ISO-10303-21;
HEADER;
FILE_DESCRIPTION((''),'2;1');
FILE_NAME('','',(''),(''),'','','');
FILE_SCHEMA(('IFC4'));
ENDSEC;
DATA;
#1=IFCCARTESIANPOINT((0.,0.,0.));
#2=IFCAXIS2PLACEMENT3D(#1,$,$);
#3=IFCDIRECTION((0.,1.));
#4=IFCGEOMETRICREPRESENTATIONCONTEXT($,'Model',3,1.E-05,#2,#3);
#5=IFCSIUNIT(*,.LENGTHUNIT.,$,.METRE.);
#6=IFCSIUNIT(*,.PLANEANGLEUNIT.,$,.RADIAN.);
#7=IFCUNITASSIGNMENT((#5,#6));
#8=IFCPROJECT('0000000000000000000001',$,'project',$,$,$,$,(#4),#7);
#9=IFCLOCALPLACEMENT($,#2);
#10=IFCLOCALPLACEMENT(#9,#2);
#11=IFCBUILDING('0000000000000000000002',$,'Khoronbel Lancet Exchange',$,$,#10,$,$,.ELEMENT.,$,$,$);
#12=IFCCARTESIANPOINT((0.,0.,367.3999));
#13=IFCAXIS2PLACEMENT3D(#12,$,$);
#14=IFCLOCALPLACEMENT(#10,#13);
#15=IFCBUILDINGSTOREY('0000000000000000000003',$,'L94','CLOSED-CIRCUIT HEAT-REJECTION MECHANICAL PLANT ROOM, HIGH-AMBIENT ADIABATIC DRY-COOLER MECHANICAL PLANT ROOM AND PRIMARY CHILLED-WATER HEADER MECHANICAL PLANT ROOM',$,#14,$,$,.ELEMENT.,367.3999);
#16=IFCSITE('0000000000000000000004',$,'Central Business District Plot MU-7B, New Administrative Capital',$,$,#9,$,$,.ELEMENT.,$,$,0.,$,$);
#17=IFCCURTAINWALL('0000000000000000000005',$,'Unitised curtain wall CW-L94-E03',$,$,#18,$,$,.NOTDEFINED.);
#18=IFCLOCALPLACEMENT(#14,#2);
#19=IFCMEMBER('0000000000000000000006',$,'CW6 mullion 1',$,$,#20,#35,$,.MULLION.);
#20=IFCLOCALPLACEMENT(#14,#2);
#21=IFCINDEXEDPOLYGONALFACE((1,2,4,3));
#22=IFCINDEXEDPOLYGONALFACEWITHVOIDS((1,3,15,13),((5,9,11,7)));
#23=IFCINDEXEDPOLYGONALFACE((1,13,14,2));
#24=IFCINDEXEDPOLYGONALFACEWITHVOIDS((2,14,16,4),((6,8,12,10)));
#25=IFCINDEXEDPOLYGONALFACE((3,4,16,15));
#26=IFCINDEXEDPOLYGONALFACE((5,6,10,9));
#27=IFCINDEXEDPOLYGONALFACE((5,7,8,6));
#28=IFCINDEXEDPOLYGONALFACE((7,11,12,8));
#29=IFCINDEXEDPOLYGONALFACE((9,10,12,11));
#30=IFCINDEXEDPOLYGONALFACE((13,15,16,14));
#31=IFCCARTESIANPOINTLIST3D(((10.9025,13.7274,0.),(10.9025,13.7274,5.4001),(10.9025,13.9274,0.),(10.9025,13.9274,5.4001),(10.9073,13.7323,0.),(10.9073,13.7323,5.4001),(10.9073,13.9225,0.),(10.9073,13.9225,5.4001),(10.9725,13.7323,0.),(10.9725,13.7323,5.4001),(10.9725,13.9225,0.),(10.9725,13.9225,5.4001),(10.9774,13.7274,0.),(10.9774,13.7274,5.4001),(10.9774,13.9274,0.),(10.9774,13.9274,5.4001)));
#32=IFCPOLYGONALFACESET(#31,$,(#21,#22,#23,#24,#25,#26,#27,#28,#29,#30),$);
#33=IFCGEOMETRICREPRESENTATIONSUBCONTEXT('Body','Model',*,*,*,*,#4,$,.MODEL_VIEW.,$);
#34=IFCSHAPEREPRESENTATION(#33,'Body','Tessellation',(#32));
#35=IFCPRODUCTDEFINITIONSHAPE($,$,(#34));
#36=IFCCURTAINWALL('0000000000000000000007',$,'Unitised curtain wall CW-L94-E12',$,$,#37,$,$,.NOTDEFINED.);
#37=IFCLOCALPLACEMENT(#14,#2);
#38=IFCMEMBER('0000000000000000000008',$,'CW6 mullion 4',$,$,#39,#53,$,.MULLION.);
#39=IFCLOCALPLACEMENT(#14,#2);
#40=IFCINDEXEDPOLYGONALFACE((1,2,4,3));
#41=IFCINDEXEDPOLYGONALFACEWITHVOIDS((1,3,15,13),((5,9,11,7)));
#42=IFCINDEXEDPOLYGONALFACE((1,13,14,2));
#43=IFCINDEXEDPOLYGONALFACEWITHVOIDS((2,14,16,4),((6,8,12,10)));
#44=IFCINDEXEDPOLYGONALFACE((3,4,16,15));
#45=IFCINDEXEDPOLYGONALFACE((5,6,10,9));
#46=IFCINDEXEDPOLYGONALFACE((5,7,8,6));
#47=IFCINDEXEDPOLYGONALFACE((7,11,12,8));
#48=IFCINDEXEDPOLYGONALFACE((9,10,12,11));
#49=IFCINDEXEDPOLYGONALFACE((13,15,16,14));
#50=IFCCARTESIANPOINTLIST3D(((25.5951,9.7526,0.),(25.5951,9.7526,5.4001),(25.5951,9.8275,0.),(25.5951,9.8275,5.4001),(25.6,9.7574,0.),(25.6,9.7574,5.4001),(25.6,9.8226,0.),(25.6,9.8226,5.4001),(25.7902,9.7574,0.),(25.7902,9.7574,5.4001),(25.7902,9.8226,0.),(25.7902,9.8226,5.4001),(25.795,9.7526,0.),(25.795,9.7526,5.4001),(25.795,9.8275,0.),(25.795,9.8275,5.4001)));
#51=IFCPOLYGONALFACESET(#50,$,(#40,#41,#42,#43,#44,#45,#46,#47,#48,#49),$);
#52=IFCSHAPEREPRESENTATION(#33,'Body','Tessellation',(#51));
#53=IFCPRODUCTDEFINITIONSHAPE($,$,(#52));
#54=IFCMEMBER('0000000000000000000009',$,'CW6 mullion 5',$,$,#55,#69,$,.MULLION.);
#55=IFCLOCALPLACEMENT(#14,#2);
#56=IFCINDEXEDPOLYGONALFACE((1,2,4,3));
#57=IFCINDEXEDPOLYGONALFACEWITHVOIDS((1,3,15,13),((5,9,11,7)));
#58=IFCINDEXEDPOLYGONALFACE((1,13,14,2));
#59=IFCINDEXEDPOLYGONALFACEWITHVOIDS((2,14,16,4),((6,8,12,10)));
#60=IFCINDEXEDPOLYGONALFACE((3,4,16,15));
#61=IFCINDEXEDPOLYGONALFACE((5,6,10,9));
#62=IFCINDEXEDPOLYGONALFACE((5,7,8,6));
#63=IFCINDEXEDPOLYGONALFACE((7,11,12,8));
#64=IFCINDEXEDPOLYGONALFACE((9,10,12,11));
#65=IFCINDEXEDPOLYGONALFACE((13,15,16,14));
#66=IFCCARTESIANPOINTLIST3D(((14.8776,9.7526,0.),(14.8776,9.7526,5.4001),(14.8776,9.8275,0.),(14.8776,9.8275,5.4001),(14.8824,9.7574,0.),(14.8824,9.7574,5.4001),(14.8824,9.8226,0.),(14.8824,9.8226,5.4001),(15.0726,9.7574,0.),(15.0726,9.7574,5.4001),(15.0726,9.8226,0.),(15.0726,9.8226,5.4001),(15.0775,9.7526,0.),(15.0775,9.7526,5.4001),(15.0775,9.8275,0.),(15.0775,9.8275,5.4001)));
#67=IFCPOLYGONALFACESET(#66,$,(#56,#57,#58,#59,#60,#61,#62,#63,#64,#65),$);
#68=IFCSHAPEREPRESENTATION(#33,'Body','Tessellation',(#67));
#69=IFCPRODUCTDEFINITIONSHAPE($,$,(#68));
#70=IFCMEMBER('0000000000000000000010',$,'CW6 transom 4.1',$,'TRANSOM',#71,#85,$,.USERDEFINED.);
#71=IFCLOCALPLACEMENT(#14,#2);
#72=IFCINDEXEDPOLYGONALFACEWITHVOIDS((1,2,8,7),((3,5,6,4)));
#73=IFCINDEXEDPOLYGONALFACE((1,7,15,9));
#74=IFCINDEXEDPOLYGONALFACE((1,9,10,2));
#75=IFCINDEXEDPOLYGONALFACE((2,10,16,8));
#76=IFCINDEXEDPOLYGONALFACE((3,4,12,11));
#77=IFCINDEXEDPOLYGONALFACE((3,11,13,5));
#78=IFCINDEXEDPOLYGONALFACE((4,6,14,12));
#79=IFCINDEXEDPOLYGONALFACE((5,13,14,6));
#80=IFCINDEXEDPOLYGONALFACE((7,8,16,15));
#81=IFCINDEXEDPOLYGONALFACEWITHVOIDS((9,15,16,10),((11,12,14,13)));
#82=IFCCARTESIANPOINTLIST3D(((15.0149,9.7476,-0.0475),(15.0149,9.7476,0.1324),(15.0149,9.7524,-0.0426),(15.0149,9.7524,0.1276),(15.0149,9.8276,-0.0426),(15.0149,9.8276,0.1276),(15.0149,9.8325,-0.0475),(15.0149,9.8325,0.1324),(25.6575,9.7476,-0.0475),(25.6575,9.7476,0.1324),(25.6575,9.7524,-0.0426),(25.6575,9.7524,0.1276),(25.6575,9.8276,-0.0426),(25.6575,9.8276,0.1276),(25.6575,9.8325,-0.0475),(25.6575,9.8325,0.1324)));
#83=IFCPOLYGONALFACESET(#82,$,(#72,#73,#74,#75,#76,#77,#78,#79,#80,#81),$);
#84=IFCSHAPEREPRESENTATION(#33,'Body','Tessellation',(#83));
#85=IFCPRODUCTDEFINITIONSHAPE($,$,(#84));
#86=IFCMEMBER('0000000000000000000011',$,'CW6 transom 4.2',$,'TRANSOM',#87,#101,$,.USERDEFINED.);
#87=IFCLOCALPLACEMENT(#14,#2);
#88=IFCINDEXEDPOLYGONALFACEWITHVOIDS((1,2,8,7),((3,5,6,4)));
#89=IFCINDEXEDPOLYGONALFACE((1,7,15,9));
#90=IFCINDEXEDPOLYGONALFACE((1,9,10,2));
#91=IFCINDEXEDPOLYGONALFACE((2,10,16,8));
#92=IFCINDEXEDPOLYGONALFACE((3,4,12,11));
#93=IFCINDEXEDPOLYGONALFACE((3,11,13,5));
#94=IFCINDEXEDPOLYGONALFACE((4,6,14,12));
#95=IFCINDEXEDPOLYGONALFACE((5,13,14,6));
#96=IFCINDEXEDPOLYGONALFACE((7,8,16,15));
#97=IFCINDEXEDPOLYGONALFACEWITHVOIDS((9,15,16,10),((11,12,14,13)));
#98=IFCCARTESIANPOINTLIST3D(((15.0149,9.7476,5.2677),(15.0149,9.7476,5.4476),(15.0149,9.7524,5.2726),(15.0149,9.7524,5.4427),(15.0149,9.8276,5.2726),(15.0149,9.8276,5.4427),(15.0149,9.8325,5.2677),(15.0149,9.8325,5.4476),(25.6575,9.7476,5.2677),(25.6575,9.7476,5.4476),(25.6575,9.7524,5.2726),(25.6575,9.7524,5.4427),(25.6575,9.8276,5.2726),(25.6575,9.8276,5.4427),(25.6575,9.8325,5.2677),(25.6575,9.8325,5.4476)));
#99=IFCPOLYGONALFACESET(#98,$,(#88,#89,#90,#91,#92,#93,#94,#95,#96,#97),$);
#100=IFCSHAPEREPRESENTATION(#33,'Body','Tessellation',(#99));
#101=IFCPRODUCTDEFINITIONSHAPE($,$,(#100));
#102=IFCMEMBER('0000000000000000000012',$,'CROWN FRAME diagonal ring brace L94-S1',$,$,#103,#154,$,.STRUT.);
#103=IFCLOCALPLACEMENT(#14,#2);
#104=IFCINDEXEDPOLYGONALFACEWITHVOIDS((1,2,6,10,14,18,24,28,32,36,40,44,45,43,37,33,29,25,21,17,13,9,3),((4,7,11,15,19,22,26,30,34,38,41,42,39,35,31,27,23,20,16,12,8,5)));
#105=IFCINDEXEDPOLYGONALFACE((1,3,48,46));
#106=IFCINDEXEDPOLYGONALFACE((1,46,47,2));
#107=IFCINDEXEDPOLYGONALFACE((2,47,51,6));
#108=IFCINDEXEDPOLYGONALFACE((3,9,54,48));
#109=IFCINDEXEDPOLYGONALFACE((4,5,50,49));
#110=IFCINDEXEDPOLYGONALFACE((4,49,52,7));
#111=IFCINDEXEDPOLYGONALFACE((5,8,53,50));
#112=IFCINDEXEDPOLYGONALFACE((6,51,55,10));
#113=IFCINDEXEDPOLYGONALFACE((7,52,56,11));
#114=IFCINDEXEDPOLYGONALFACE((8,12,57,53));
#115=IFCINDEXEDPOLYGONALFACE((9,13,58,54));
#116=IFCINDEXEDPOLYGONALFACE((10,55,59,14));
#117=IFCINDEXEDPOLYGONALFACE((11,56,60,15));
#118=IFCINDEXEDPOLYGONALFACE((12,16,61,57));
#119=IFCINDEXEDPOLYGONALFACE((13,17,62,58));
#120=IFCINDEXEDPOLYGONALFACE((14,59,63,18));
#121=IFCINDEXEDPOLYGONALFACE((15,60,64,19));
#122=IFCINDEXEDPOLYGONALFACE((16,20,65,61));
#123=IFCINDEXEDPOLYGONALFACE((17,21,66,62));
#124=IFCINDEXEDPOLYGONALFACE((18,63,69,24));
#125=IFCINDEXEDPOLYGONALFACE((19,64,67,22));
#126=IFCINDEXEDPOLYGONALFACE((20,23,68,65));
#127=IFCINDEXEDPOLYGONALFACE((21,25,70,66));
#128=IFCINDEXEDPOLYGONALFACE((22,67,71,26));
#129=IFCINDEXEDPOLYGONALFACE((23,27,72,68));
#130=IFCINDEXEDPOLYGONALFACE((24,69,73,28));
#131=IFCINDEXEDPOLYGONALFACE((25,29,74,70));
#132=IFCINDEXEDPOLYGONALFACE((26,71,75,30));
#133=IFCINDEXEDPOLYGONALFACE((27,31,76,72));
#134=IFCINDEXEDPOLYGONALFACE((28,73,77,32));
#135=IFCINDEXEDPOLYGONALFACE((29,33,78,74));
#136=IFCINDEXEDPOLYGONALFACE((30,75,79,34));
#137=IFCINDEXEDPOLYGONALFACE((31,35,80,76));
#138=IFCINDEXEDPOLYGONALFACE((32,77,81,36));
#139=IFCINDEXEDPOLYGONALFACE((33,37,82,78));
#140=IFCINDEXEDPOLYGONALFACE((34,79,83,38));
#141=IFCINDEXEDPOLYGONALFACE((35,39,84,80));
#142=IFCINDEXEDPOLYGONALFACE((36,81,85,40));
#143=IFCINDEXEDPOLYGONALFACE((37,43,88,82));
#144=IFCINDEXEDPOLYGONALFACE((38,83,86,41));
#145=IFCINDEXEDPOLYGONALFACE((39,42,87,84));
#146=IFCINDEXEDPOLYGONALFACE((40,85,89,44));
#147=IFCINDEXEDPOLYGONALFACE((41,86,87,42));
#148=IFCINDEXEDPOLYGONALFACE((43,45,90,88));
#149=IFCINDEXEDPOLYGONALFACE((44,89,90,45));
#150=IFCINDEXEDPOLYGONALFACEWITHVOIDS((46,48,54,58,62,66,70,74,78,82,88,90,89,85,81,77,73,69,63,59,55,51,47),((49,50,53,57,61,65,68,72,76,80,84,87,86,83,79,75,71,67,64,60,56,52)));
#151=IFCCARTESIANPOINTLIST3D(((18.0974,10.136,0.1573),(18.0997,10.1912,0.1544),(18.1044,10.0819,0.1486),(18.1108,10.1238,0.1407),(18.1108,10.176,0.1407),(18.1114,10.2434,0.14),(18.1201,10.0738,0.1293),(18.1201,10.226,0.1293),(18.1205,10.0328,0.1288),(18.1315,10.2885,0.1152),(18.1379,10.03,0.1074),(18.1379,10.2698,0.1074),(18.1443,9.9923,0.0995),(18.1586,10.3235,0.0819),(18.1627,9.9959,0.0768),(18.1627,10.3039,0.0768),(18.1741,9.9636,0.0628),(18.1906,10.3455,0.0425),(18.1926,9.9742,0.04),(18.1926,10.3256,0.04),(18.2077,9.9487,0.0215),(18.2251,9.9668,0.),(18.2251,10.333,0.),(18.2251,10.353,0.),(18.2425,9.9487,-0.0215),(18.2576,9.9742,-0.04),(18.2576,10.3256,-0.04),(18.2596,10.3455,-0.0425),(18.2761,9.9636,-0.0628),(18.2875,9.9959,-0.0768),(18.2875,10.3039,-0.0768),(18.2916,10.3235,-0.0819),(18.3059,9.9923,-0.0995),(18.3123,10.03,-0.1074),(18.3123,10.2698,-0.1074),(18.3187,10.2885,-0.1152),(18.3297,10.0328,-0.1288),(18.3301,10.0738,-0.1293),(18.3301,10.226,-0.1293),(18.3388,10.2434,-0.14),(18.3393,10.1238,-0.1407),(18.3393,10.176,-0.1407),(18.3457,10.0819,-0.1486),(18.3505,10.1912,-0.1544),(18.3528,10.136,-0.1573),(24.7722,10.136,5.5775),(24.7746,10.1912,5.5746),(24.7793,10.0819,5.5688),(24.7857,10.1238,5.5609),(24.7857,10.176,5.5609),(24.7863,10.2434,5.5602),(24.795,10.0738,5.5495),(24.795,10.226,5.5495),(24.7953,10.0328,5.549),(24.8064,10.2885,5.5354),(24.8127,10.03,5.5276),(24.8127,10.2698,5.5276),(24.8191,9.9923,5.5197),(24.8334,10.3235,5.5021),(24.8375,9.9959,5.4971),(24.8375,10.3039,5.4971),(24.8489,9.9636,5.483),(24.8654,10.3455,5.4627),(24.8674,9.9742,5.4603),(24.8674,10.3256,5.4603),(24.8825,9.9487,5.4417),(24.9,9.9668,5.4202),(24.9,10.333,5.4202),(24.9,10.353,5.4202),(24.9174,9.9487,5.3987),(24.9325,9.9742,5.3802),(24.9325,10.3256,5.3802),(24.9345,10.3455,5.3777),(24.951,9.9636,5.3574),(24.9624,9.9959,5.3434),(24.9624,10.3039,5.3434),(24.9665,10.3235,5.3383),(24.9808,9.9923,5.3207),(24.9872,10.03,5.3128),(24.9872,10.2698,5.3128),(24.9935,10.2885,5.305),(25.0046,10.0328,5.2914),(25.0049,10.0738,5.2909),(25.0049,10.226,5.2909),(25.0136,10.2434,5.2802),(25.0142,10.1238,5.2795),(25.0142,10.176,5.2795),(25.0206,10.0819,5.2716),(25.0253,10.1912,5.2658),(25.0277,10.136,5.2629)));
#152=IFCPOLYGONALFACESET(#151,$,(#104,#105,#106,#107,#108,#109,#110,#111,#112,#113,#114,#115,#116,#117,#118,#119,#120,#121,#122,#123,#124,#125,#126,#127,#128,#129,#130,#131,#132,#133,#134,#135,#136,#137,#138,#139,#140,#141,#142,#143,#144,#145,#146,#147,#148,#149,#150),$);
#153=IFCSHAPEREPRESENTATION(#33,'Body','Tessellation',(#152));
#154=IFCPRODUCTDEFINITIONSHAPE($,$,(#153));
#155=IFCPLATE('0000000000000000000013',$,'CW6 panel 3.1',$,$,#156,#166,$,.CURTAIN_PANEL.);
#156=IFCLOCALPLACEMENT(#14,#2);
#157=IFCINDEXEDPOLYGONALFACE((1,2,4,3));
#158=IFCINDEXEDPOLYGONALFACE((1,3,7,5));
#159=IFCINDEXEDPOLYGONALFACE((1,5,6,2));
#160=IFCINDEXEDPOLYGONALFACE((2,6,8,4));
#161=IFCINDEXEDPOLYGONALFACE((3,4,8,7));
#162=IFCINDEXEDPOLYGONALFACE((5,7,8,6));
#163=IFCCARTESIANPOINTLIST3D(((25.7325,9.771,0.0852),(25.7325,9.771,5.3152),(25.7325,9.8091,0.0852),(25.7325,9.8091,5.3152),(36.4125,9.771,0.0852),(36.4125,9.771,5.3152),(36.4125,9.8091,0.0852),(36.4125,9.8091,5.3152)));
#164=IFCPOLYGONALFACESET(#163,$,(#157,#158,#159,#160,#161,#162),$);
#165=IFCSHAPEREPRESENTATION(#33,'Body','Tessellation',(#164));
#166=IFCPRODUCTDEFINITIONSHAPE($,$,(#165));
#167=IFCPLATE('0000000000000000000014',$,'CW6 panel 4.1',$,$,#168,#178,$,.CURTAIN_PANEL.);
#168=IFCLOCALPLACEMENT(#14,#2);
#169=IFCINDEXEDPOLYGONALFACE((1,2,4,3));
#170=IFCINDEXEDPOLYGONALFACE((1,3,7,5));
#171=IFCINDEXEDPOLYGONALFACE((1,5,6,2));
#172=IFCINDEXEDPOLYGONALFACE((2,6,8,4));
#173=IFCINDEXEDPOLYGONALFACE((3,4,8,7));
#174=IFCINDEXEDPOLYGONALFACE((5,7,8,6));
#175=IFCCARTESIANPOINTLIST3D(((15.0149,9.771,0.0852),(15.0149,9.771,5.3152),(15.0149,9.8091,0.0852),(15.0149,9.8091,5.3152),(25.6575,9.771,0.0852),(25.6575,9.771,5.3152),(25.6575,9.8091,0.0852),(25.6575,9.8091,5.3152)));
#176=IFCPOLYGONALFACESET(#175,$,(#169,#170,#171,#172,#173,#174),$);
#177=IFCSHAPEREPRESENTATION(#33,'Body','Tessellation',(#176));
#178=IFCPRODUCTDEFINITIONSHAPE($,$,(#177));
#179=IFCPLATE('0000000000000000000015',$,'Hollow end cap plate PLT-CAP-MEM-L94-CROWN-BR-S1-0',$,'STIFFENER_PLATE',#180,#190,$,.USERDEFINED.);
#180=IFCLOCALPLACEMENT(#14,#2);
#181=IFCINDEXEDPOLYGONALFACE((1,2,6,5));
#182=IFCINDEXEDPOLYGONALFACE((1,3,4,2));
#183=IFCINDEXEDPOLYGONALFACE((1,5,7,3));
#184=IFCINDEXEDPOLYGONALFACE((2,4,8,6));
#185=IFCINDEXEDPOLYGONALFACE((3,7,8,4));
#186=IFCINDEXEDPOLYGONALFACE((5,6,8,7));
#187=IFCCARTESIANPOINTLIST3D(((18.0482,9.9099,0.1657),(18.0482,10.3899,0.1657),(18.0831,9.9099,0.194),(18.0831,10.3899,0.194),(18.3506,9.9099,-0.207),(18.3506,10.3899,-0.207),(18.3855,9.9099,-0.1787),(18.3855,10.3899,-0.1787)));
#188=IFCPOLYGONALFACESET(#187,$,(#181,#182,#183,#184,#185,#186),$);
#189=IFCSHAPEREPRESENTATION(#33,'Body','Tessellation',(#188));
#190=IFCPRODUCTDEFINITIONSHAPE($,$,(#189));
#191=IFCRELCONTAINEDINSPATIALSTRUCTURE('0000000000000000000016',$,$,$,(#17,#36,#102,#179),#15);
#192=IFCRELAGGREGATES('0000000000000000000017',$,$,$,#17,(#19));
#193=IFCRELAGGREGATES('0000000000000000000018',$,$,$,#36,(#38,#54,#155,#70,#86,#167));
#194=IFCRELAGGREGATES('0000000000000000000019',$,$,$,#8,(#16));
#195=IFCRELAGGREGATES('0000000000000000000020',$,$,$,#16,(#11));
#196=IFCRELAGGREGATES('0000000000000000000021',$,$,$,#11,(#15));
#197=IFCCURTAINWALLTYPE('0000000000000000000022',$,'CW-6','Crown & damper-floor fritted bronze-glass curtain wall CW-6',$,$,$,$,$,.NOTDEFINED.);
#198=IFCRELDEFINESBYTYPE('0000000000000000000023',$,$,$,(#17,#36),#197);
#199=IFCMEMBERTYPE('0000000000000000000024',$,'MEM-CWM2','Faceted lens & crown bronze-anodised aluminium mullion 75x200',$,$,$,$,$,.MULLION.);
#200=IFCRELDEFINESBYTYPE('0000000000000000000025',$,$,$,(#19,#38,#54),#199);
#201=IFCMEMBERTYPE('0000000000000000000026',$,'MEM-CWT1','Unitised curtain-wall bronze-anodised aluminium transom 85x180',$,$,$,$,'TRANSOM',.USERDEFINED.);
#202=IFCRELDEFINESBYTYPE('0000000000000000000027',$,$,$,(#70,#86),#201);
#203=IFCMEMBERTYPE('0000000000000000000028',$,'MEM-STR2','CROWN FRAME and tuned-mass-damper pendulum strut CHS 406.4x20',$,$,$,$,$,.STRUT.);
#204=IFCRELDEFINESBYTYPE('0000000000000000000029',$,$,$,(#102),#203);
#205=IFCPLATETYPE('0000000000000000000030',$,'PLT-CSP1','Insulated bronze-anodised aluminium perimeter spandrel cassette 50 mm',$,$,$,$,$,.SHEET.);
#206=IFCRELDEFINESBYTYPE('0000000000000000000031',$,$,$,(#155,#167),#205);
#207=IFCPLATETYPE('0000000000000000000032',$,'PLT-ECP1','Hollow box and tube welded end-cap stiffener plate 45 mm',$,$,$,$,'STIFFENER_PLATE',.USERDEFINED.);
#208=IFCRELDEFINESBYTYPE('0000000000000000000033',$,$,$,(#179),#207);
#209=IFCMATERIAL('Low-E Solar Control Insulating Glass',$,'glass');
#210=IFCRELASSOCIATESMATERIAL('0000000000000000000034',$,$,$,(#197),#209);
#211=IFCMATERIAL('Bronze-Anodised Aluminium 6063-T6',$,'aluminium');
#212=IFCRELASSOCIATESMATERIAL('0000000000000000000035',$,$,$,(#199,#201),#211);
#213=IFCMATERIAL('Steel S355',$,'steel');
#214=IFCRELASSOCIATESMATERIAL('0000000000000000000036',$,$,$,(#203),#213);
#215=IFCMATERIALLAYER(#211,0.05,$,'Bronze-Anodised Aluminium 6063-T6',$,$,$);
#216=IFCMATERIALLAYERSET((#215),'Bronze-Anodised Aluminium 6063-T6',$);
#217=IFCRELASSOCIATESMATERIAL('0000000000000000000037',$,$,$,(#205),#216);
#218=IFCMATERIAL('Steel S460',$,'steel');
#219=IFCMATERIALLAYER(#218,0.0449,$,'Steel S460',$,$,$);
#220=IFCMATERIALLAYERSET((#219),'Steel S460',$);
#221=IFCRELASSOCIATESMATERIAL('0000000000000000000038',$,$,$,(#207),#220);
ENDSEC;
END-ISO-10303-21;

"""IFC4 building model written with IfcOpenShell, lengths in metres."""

from ifc_helpers import new_model, si_unit, direction, frame, origin, origin_2d, place, context, subcontext, project, spatial, polyline, rectangle, hollow_rectangle, hollow_circle, outline, extrude, material, layer, layer_set, material_profile, profile_set, type_object, element, aggregate, save


model = new_model("IFC4")

# Units and contexts
model_context = context("Model", 3, precision=1e-05, world=origin(), true_north=direction((0.0, 1.0)))
body_context = subcontext(model_context, "Body", "Model", "MODEL_VIEW")
ifc_project = project(units=[si_unit("LENGTHUNIT", "METRE"), si_unit("PLANEANGLEUNIT", "RADIAN")], contexts=[model_context])

# Site, building, storey
site_placement = place(None, origin())
site = spatial("IfcSite", under=ifc_project, at=site_placement, Name="Central Business District Plot MU-7B, New Administrative Capital", CompositionType="ELEMENT", RefElevation=0.0)
building_placement = place(site_placement, origin())
building = spatial("IfcBuilding", under=site, at=building_placement, Name="Khoronbel Lancet Exchange", CompositionType="ELEMENT")
storey_placement = place(building_placement, frame((0.0, 0.0, 367.3999)))
storey = spatial("IfcBuildingStorey", under=building, at=storey_placement, Name="L94", Description="CLOSED-CIRCUIT HEAT-REJECTION MECHANICAL PLANT ROOM, HIGH-AMBIENT ADIABATIC DRY-COOLER MECHANICAL PLANT ROOM AND PRIMARY CHILLED-WATER HEADER MECHANICAL PLANT ROOM", CompositionType="ELEMENT", Elevation=367.3999)

# Shared definitions
ifc_material_1 = material(Name="Steel S460", Category="steel")

# Shared definitions
ifc_material_2 = material(Name="Steel S355", Category="steel")

# Curtain wall, member
ifc_material_3 = material(Name="Low-E Solar Control Insulating Glass", Category="glass")
curtain_wall_type = type_object("IfcCurtainWallType", Name="CW-6", Description="Crown & damper-floor fritted bronze-glass curtain wall CW-6", PredefinedType="NOTDEFINED", material=ifc_material_3)
curtain_wall_1_placement = place(storey_placement, origin())
curtain_wall_1 = element("IfcCurtainWall", 1, at=curtain_wall_1_placement, inside=storey, type_object=curtain_wall_type, Name="Unitised curtain wall CW-L94-E03", PredefinedType="NOTDEFINED")
ifc_material_4 = material(Name="Bronze-Anodised Aluminium 6063-T6", Category="aluminium")
ifc_material_profile_1 = material_profile(ifc_material_4, hollow_rectangle(XDim=0.075, YDim=0.2, WallThickness=0.0049, at=origin_2d()), Name="ALU MULLION 75x200")
ifc_profile_set_1 = profile_set([ifc_material_profile_1], Name="Bronze-Anodised Aluminium 6063-T6")
member_type_1 = type_object("IfcMemberType", Name="MEM-CWM2", Description="Faceted lens & crown bronze-anodised aluminium mullion 75x200", PredefinedType="MULLION", material=ifc_profile_set_1)
member_1_placement = place(storey_placement, frame((10.9399, 13.8274, 0.0), z_axis=(0.0, 0.0, 1.0), x_axis=(-1.0, 0.0, 0.0)))
member_1 = element("IfcMember", 2, at=member_1_placement, type_object=member_type_1, Name="CW6 mullion 1", PredefinedType="MULLION", context=body_context, shape_type="SweptSolid", body=[
    extrude(hollow_rectangle(XDim=0.075, YDim=0.2, WallThickness=0.0049, at=origin_2d()), origin(), (0.0, 0.0, 1.0), 5.4001),
])
aggregate(curtain_wall_1, [member_1])

# Curtain wall, members
curtain_wall_2_placement = place(storey_placement, origin())
curtain_wall_2 = element("IfcCurtainWall", 3, at=curtain_wall_2_placement, inside=storey, type_object=curtain_wall_type, Name="Unitised curtain wall CW-L94-E12", PredefinedType="NOTDEFINED")
member_2_placement = place(storey_placement, frame((25.6951, 9.79, 0.0), z_axis=(0.0, 0.0, 1.0), x_axis=(0.0, -1.0, 0.0)))
member_2 = element("IfcMember", 4, at=member_2_placement, type_object=member_type_1, Name="CW6 mullion 4", PredefinedType="MULLION", context=body_context, shape_type="SweptSolid", body=[
    extrude(hollow_rectangle(XDim=0.075, YDim=0.2, WallThickness=0.0049, at=origin_2d()), origin(), (0.0, 0.0, 1.0), 5.4001),
])
member_3_placement = place(storey_placement, frame((14.9775, 9.79, 0.0), z_axis=(0.0, 0.0, 1.0), x_axis=(0.0, -1.0, 0.0)))
member_3 = element("IfcMember", 5, at=member_3_placement, type_object=member_type_1, Name="CW6 mullion 5", PredefinedType="MULLION", context=body_context, shape_type="SweptSolid", body=[
    extrude(hollow_rectangle(XDim=0.075, YDim=0.2, WallThickness=0.0049, at=origin_2d()), origin(), (0.0, 0.0, 1.0), 5.4001),
])
ifc_material_profile_2 = material_profile(ifc_material_4, hollow_rectangle(XDim=0.085, YDim=0.1799, WallThickness=0.0049, at=origin_2d()), Name="ALU TRANSOM 85x180")
ifc_profile_set_2 = profile_set([ifc_material_profile_2], Name="Bronze-Anodised Aluminium 6063-T6")
member_type_2 = type_object("IfcMemberType", Name="MEM-CWT1", Description="Unitised curtain-wall bronze-anodised aluminium transom 85x180", ElementType="TRANSOM", PredefinedType="USERDEFINED", material=ifc_profile_set_2)
member_4_placement = place(storey_placement, frame((25.6575, 9.79, 0.0425), z_axis=(-1.0, 0.0, 0.0), x_axis=(0.0, -1.0, 0.0)))
member_4 = element("IfcMember", 6, at=member_4_placement, type_object=member_type_2, Name="CW6 transom 4.1", ObjectType="TRANSOM", PredefinedType="USERDEFINED", context=body_context, shape_type="SweptSolid", body=[
    extrude(hollow_rectangle(XDim=0.085, YDim=0.1799, WallThickness=0.0049, at=origin_2d()), origin(), (0.0, 0.0, 1.0), 10.6426),
])
member_5_placement = place(storey_placement, frame((25.6575, 9.79, 5.3577), z_axis=(-1.0, 0.0, 0.0), x_axis=(0.0, -1.0, 0.0)))
member_5 = element("IfcMember", 7, at=member_5_placement, type_object=member_type_2, Name="CW6 transom 4.2", ObjectType="TRANSOM", PredefinedType="USERDEFINED", context=body_context, shape_type="SweptSolid", body=[
    extrude(hollow_rectangle(XDim=0.085, YDim=0.1799, WallThickness=0.0049, at=origin_2d()), origin(), (0.0, 0.0, 1.0), 10.6426),
])

# Member
ifc_material_profile_3 = material_profile(ifc_material_2, hollow_circle(Radius=0.2031, WallThickness=0.02, at=origin_2d()), Name="CHS 406.4x20")
ifc_profile_set_3 = profile_set([ifc_material_profile_3], Name="Steel S355")
member_type_3 = type_object("IfcMemberType", Name="MEM-STR2", Description="CROWN FRAME and tuned-mass-damper pendulum strut CHS 406.4x20", PredefinedType="STRUT", material=ifc_profile_set_3)
member_6_placement = place(storey_placement, frame((18.2251, 10.1499, 0.0), z_axis=(0.776291, 0.0, 0.630375), x_axis=(0.0, 1.0, 0.0)))
element("IfcMember", 8, at=member_6_placement, inside=storey, type_object=member_type_3, Name="CROWN FRAME diagonal ring brace L94-S1", PredefinedType="STRUT", context=body_context, shape_type="SweptSolid", body=[
    extrude(hollow_circle(Radius=0.2031, WallThickness=0.02, at=origin_2d()), origin(), (0.0, 0.0, 1.0), 8.5984),
])

# Plates
ifc_layer_1 = layer(ifc_material_4, 0.05, Name="Bronze-Anodised Aluminium 6063-T6")
ifc_layer_set_1 = layer_set([ifc_layer_1], Name="Bronze-Anodised Aluminium 6063-T6")
plate_type_1 = type_object("IfcPlateType", Name="PLT-CSP1", Description="Insulated bronze-anodised aluminium perimeter spandrel cassette 50 mm", PredefinedType="SHEET", material=ifc_layer_set_1)
plate_1_placement = place(storey_placement, frame((31.0725, 9.79, 0.0852), z_axis=(0.0, 0.0, 1.0), x_axis=(-1.0, 0.0, 0.0)))
plate_1 = element("IfcPlate", 9, at=plate_1_placement, type_object=plate_type_1, Name="CW6 panel 3.1", PredefinedType="CURTAIN_PANEL", context=body_context, shape_type="SweptSolid", body=[
    extrude(rectangle(XDim=10.6799, YDim=0.0381, at=origin_2d()), origin(), (0.0, 0.0, 1.0), 5.23),
])
plate_2_placement = place(storey_placement, frame((20.3362, 9.79, 0.0852), z_axis=(0.0, 0.0, 1.0), x_axis=(-1.0, 0.0, 0.0)))
plate_2 = element("IfcPlate", 10, at=plate_2_placement, type_object=plate_type_1, Name="CW6 panel 4.1", PredefinedType="CURTAIN_PANEL", context=body_context, shape_type="SweptSolid", body=[
    extrude(rectangle(XDim=10.6426, YDim=0.0381, at=origin_2d()), origin(), (0.0, 0.0, 1.0), 5.23),
])
aggregate(curtain_wall_2, [member_2, member_3, plate_1, member_4, member_5, plate_2])

# Plate
ifc_layer_2 = layer(ifc_material_1, 0.0449, Name="Steel S460")
ifc_layer_set_2 = layer_set([ifc_layer_2], Name="Steel S460")
plate_type_2 = type_object("IfcPlateType", Name="PLT-ECP1", Description="Hollow box and tube welded end-cap stiffener plate 45 mm", ElementType="STIFFENER_PLATE", PredefinedType="USERDEFINED", material=ifc_layer_set_2)
for number, where, z_axis, x_axis, name in (
    (11, (18.3855, 9.9099, -0.1787), (0.776534, 0.0, 0.630076), (0.0, 1.0, 0.0), "Hollow end cap plate PLT-CAP-MEM-L94-CROWN-BR-S1-0"),
):
    element("IfcPlate", number, at=place(storey_placement, frame(where, z_axis=z_axis, x_axis=x_axis)), inside=storey, type_object=plate_type_2, Name=name, ObjectType="STIFFENER_PLATE", PredefinedType="USERDEFINED", context=body_context, shape_type="SweptSolid", body=[
        extrude(outline(polyline([(0.0, 0.0), (0.48, 0.0), (0.48, 0.48), (0.0, 0.48), (0.0, 0.0)])), origin(), (0.0, 0.0, -1.0), 0.0449),
    ])

save(model, "model.ifc")
